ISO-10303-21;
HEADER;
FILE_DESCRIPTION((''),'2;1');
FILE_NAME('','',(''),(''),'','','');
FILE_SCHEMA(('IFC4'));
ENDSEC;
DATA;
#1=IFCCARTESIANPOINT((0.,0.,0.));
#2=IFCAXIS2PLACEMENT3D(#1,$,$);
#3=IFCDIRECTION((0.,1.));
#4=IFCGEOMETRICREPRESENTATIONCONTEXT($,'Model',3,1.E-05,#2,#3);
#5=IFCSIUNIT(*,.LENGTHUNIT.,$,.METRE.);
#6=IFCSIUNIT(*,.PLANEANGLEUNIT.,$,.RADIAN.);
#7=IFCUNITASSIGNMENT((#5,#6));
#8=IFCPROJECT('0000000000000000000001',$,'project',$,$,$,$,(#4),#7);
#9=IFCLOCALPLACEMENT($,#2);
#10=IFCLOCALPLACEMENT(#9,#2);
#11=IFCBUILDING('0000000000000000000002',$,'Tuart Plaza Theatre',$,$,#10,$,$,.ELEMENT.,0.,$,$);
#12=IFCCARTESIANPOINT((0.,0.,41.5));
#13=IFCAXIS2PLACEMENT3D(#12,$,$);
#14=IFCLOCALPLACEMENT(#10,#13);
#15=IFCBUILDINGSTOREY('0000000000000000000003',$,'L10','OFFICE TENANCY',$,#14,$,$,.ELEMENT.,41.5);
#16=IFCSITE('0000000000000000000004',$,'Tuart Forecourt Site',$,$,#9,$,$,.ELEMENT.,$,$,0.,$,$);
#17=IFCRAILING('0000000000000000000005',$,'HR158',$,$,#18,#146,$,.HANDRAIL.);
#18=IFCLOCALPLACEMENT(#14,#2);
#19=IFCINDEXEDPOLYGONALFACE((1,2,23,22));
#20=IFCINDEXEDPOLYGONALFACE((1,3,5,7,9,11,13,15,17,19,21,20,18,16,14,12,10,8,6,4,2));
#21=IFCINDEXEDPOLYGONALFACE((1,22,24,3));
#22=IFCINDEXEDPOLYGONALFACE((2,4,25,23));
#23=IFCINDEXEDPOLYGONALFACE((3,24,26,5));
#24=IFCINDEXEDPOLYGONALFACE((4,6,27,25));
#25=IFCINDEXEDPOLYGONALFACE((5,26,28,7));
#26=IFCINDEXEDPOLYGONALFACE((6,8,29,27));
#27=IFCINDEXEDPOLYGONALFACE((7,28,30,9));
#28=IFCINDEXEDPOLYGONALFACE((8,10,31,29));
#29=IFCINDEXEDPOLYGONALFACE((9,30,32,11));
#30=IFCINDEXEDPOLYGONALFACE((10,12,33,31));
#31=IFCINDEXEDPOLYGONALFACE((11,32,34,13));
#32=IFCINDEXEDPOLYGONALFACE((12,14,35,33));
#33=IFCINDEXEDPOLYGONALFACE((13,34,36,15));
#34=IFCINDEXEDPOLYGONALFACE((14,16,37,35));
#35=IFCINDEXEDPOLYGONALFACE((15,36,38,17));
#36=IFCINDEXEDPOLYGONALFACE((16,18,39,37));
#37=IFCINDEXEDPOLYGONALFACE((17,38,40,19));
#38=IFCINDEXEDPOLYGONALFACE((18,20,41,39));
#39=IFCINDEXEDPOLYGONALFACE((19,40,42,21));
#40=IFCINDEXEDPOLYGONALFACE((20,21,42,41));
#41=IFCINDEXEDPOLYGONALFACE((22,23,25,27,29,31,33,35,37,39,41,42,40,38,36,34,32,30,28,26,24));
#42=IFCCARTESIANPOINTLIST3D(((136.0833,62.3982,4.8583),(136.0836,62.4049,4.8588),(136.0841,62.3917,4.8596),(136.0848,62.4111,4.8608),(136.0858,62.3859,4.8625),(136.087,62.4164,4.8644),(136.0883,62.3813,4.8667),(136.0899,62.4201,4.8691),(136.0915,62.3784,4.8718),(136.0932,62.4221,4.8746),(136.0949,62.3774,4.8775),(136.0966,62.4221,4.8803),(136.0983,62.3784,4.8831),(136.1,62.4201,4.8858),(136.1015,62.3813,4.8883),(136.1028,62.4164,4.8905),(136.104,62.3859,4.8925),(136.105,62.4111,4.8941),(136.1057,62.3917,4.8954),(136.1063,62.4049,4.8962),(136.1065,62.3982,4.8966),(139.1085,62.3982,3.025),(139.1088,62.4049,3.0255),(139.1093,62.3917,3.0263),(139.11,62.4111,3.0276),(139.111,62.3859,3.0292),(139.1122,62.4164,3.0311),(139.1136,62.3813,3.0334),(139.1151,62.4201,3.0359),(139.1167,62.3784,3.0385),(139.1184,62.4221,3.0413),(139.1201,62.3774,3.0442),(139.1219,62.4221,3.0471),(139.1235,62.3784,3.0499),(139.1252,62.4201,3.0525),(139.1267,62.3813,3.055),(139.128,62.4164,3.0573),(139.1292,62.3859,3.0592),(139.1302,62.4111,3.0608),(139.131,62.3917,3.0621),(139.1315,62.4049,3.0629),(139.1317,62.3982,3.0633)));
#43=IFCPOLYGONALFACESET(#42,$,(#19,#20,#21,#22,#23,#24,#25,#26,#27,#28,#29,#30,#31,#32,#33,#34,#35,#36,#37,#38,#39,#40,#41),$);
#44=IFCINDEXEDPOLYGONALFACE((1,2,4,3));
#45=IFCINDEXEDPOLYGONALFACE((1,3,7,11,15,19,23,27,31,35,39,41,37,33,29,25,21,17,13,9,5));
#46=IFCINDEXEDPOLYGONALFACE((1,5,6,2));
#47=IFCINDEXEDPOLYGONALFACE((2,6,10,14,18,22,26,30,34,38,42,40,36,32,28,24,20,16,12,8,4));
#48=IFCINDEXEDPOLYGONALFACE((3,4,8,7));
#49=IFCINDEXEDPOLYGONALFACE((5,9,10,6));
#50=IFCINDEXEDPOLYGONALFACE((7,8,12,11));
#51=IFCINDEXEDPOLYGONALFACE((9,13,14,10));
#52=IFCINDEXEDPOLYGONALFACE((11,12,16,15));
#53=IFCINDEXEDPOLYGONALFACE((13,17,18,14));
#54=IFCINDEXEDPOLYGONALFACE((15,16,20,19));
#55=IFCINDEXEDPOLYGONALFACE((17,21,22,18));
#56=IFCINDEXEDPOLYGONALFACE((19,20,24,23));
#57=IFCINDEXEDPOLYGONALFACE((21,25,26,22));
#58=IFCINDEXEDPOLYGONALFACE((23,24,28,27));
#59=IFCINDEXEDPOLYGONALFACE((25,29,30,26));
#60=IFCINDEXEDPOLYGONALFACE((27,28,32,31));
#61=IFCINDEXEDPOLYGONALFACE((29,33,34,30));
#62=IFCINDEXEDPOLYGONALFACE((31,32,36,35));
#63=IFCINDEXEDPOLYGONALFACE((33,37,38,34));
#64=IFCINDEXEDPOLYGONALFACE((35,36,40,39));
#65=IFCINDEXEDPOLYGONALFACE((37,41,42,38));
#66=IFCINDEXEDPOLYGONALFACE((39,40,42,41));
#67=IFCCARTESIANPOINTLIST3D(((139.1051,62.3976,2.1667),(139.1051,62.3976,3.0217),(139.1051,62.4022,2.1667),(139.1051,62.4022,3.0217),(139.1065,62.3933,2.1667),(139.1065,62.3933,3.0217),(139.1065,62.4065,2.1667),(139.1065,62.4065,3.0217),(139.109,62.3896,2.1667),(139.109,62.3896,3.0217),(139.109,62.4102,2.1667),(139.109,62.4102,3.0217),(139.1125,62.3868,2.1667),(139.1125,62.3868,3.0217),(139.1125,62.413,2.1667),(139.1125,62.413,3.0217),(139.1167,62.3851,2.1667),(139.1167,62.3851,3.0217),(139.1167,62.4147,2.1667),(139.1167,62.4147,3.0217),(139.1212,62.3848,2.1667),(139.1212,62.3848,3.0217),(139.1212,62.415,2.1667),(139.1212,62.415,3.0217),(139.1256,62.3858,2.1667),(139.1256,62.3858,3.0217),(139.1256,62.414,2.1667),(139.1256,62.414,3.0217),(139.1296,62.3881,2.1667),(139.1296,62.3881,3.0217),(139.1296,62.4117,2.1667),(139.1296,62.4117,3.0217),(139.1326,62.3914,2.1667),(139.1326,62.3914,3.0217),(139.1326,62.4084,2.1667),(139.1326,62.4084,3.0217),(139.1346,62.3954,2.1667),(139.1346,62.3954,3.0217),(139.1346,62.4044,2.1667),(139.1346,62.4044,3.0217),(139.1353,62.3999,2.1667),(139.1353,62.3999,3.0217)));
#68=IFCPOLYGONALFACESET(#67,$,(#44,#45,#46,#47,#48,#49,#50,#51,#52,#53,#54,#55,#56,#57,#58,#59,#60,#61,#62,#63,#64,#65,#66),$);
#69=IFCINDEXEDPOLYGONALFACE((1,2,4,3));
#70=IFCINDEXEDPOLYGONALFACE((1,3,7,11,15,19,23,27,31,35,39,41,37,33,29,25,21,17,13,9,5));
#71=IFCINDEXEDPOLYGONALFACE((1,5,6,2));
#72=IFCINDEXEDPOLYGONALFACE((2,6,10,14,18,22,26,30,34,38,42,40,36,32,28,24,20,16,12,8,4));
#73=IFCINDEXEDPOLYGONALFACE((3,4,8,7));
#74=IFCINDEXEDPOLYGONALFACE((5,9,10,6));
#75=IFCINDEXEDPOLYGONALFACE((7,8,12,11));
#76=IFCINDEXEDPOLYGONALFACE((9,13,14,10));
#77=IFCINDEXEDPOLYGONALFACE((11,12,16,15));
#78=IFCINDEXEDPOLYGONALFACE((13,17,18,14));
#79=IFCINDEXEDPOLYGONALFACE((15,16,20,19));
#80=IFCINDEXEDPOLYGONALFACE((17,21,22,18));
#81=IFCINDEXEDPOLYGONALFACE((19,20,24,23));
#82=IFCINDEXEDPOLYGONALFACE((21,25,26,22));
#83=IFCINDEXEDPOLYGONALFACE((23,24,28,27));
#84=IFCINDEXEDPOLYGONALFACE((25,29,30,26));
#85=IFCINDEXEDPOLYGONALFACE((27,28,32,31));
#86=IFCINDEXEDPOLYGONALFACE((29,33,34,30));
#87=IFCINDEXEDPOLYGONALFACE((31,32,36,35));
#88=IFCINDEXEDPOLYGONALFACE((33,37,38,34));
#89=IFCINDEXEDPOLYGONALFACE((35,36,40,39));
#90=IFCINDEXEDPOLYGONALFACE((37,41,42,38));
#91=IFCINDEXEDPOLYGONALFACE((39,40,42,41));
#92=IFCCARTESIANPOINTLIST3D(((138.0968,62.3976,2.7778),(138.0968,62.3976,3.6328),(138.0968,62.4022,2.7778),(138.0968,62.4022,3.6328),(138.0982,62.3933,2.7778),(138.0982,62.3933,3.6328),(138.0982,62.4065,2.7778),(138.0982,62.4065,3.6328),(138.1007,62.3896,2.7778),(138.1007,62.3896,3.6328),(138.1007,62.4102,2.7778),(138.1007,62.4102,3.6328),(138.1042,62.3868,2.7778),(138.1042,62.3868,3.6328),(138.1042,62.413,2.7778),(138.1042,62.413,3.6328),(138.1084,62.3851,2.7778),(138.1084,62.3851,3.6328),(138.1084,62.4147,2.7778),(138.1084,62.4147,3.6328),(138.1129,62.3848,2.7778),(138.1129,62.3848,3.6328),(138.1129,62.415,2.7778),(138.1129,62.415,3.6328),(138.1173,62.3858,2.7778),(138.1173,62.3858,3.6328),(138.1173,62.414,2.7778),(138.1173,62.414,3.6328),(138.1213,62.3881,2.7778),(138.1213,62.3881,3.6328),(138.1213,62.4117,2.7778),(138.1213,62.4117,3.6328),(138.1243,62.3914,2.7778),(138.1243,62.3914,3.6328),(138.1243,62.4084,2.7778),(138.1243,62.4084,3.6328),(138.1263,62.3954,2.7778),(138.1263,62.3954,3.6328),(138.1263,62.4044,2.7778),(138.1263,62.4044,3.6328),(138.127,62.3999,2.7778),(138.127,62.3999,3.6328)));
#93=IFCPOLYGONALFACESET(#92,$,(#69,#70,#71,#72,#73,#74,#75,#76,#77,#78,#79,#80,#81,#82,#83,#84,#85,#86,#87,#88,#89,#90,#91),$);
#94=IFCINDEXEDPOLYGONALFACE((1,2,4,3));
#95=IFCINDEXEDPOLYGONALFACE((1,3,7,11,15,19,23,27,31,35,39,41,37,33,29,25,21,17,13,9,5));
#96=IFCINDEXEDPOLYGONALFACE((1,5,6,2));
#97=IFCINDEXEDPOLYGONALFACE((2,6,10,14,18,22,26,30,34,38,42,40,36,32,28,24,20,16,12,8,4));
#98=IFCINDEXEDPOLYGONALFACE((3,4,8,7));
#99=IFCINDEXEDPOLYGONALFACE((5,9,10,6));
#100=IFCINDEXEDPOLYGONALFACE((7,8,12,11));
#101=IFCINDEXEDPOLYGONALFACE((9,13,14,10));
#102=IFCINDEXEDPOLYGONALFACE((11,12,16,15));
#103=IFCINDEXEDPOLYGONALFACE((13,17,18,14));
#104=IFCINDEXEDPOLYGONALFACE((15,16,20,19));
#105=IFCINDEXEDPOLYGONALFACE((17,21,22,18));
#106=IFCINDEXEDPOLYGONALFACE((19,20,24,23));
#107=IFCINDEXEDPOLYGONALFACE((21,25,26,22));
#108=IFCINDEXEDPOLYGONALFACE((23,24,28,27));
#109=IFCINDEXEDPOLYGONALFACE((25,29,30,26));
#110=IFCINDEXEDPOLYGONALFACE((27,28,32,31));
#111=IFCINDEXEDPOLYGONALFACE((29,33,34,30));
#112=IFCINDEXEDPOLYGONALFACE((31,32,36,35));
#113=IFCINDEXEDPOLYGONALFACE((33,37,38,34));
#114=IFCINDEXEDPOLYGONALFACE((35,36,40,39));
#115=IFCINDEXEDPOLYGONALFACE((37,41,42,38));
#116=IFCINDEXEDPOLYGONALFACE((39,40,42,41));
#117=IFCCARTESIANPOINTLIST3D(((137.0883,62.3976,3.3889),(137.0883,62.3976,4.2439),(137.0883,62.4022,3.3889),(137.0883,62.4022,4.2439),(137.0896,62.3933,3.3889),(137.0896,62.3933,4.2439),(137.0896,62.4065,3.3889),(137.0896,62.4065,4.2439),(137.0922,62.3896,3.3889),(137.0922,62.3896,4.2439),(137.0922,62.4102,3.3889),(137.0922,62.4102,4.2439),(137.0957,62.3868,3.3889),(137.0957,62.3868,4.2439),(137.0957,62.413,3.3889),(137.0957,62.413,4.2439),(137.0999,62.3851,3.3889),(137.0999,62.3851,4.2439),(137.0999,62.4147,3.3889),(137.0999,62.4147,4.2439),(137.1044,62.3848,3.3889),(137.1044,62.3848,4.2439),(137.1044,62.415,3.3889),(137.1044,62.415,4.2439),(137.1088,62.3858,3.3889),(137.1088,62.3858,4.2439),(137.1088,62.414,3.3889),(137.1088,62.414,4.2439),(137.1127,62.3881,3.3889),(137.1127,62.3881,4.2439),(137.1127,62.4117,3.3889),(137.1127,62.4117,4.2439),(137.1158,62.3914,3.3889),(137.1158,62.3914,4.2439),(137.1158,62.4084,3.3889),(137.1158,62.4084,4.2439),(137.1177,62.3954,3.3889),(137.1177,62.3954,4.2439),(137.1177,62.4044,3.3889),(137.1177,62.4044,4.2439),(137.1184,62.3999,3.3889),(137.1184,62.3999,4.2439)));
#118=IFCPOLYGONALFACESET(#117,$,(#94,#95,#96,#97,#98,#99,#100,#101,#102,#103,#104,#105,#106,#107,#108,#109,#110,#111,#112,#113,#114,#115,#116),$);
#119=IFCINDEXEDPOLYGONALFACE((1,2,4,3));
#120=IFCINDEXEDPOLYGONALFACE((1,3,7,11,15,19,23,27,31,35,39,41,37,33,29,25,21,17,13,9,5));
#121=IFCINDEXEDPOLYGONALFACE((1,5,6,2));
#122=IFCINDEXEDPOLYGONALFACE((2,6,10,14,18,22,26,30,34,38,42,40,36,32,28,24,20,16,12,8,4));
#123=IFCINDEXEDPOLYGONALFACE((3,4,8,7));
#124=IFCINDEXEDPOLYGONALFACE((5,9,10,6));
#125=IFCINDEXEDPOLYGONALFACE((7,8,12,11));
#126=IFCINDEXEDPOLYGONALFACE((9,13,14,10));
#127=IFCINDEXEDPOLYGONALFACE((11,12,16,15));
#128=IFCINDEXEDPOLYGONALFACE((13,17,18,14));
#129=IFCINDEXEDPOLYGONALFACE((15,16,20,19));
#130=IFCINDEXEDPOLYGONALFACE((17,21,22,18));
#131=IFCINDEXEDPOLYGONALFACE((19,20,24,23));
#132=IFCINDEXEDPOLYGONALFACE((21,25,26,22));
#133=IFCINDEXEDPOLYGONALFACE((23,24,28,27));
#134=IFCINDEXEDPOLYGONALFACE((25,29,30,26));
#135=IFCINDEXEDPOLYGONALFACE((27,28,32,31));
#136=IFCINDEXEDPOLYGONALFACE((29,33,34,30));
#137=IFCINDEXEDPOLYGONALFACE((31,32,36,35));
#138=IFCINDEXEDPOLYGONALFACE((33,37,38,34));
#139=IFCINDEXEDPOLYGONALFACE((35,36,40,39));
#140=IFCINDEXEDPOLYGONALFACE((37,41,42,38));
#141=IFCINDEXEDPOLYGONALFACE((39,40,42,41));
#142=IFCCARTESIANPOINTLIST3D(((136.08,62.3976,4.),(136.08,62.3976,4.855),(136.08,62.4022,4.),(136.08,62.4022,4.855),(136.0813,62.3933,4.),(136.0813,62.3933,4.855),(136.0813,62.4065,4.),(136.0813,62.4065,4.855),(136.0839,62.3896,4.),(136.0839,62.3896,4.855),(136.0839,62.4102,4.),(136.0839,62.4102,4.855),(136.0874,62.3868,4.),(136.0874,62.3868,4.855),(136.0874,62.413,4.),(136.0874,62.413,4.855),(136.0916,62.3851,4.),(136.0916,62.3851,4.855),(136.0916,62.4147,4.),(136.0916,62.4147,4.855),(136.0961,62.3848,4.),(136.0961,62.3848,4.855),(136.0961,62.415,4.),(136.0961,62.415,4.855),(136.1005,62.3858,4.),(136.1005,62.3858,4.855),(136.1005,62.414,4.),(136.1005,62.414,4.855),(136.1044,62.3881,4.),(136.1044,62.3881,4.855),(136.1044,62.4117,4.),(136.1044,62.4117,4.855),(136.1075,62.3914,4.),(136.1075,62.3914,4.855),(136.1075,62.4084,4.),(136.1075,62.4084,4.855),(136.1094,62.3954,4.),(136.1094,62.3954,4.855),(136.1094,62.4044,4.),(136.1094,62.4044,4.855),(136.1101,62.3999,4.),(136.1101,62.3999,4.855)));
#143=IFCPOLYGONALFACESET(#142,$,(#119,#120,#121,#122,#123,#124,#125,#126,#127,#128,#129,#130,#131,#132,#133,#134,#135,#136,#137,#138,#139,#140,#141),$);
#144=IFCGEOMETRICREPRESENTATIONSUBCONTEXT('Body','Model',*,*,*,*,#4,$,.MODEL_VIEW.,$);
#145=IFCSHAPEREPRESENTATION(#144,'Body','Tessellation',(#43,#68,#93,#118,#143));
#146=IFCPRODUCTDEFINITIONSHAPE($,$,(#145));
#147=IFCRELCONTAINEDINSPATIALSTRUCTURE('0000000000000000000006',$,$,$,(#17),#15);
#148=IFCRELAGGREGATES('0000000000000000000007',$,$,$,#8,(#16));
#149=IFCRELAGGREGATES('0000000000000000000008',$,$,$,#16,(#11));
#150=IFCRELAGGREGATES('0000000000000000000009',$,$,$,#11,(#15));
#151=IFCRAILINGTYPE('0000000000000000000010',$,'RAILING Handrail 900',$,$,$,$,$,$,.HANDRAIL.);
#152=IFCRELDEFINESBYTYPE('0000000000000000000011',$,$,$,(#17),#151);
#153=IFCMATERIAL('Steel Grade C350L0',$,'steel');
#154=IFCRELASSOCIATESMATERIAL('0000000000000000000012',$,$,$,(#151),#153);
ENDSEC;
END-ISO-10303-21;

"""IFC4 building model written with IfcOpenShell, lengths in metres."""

from ifc_helpers import new_model, si_unit, direction, frame, origin, origin_2d, place, context, subcontext, project, spatial, circle, extrude, material, type_object, element, save


model = new_model("IFC4")

# Units and contexts
model_context = context("Model", 3, precision=1e-05, world=origin(), true_north=direction((0.0, 1.0)))
body_context = subcontext(model_context, "Body", "Model", "MODEL_VIEW")
ifc_project = project(units=[si_unit("LENGTHUNIT", "METRE"), si_unit("PLANEANGLEUNIT", "RADIAN")], contexts=[model_context])

# Site, building, storey
site_placement = place(None, origin())
site = spatial("IfcSite", under=ifc_project, at=site_placement, Name="Tuart Forecourt Site", CompositionType="ELEMENT", RefElevation=0.0)
building_placement = place(site_placement, origin())
building = spatial("IfcBuilding", under=site, at=building_placement, Name="Tuart Plaza Theatre", CompositionType="ELEMENT", ElevationOfRefHeight=0.0)
storey_placement = place(building_placement, frame((0.0, 0.0, 41.5)))
storey = spatial("IfcBuildingStorey", under=building, at=storey_placement, Name="L10", Description="OFFICE TENANCY", CompositionType="ELEMENT", Elevation=41.5)

# Railing
ifc_material_1 = material(Name="Steel Grade C350L0", Category="steel")
railing_type_1 = type_object("IfcRailingType", Name="RAILING Handrail 900", PredefinedType="HANDRAIL", material=ifc_material_1)
for number, where, name in (
    (1, (139.1201, 62.3999, 2.1667), "HR158"),
):
    element("IfcRailing", number, at=place(storey_placement, frame(where)), inside=storey, type_object=railing_type_1, Name=name, PredefinedType="HANDRAIL", context=body_context, shape_type="SweptSolid", body=[
        extrude(circle(Radius=0.0225, at=origin_2d()), frame((0.0, 0.0, 0.8774), z_axis=(-0.855219, 0.0, 0.518267), x_axis=(0.0, -1.0, 0.0)), (0.0, 0.0, 1.0), 3.5374),
        extrude(circle(Radius=0.0151, at=origin_2d()), origin(), (0.0, 0.0, 1.0), 0.855),
        extrude(circle(Radius=0.0151, at=origin_2d()), frame((-1.0083, 0.0, 0.6111)), (0.0, 0.0, 1.0), 0.855),
        extrude(circle(Radius=0.0151, at=origin_2d()), frame((-2.0168, 0.0, 1.2222)), (0.0, 0.0, 1.0), 0.855),
        extrude(circle(Radius=0.0151, at=origin_2d()), frame((-3.0251, 0.0, 1.8333)), (0.0, 0.0, 1.0), 0.855),
    ])

save(model, "model.ifc")
